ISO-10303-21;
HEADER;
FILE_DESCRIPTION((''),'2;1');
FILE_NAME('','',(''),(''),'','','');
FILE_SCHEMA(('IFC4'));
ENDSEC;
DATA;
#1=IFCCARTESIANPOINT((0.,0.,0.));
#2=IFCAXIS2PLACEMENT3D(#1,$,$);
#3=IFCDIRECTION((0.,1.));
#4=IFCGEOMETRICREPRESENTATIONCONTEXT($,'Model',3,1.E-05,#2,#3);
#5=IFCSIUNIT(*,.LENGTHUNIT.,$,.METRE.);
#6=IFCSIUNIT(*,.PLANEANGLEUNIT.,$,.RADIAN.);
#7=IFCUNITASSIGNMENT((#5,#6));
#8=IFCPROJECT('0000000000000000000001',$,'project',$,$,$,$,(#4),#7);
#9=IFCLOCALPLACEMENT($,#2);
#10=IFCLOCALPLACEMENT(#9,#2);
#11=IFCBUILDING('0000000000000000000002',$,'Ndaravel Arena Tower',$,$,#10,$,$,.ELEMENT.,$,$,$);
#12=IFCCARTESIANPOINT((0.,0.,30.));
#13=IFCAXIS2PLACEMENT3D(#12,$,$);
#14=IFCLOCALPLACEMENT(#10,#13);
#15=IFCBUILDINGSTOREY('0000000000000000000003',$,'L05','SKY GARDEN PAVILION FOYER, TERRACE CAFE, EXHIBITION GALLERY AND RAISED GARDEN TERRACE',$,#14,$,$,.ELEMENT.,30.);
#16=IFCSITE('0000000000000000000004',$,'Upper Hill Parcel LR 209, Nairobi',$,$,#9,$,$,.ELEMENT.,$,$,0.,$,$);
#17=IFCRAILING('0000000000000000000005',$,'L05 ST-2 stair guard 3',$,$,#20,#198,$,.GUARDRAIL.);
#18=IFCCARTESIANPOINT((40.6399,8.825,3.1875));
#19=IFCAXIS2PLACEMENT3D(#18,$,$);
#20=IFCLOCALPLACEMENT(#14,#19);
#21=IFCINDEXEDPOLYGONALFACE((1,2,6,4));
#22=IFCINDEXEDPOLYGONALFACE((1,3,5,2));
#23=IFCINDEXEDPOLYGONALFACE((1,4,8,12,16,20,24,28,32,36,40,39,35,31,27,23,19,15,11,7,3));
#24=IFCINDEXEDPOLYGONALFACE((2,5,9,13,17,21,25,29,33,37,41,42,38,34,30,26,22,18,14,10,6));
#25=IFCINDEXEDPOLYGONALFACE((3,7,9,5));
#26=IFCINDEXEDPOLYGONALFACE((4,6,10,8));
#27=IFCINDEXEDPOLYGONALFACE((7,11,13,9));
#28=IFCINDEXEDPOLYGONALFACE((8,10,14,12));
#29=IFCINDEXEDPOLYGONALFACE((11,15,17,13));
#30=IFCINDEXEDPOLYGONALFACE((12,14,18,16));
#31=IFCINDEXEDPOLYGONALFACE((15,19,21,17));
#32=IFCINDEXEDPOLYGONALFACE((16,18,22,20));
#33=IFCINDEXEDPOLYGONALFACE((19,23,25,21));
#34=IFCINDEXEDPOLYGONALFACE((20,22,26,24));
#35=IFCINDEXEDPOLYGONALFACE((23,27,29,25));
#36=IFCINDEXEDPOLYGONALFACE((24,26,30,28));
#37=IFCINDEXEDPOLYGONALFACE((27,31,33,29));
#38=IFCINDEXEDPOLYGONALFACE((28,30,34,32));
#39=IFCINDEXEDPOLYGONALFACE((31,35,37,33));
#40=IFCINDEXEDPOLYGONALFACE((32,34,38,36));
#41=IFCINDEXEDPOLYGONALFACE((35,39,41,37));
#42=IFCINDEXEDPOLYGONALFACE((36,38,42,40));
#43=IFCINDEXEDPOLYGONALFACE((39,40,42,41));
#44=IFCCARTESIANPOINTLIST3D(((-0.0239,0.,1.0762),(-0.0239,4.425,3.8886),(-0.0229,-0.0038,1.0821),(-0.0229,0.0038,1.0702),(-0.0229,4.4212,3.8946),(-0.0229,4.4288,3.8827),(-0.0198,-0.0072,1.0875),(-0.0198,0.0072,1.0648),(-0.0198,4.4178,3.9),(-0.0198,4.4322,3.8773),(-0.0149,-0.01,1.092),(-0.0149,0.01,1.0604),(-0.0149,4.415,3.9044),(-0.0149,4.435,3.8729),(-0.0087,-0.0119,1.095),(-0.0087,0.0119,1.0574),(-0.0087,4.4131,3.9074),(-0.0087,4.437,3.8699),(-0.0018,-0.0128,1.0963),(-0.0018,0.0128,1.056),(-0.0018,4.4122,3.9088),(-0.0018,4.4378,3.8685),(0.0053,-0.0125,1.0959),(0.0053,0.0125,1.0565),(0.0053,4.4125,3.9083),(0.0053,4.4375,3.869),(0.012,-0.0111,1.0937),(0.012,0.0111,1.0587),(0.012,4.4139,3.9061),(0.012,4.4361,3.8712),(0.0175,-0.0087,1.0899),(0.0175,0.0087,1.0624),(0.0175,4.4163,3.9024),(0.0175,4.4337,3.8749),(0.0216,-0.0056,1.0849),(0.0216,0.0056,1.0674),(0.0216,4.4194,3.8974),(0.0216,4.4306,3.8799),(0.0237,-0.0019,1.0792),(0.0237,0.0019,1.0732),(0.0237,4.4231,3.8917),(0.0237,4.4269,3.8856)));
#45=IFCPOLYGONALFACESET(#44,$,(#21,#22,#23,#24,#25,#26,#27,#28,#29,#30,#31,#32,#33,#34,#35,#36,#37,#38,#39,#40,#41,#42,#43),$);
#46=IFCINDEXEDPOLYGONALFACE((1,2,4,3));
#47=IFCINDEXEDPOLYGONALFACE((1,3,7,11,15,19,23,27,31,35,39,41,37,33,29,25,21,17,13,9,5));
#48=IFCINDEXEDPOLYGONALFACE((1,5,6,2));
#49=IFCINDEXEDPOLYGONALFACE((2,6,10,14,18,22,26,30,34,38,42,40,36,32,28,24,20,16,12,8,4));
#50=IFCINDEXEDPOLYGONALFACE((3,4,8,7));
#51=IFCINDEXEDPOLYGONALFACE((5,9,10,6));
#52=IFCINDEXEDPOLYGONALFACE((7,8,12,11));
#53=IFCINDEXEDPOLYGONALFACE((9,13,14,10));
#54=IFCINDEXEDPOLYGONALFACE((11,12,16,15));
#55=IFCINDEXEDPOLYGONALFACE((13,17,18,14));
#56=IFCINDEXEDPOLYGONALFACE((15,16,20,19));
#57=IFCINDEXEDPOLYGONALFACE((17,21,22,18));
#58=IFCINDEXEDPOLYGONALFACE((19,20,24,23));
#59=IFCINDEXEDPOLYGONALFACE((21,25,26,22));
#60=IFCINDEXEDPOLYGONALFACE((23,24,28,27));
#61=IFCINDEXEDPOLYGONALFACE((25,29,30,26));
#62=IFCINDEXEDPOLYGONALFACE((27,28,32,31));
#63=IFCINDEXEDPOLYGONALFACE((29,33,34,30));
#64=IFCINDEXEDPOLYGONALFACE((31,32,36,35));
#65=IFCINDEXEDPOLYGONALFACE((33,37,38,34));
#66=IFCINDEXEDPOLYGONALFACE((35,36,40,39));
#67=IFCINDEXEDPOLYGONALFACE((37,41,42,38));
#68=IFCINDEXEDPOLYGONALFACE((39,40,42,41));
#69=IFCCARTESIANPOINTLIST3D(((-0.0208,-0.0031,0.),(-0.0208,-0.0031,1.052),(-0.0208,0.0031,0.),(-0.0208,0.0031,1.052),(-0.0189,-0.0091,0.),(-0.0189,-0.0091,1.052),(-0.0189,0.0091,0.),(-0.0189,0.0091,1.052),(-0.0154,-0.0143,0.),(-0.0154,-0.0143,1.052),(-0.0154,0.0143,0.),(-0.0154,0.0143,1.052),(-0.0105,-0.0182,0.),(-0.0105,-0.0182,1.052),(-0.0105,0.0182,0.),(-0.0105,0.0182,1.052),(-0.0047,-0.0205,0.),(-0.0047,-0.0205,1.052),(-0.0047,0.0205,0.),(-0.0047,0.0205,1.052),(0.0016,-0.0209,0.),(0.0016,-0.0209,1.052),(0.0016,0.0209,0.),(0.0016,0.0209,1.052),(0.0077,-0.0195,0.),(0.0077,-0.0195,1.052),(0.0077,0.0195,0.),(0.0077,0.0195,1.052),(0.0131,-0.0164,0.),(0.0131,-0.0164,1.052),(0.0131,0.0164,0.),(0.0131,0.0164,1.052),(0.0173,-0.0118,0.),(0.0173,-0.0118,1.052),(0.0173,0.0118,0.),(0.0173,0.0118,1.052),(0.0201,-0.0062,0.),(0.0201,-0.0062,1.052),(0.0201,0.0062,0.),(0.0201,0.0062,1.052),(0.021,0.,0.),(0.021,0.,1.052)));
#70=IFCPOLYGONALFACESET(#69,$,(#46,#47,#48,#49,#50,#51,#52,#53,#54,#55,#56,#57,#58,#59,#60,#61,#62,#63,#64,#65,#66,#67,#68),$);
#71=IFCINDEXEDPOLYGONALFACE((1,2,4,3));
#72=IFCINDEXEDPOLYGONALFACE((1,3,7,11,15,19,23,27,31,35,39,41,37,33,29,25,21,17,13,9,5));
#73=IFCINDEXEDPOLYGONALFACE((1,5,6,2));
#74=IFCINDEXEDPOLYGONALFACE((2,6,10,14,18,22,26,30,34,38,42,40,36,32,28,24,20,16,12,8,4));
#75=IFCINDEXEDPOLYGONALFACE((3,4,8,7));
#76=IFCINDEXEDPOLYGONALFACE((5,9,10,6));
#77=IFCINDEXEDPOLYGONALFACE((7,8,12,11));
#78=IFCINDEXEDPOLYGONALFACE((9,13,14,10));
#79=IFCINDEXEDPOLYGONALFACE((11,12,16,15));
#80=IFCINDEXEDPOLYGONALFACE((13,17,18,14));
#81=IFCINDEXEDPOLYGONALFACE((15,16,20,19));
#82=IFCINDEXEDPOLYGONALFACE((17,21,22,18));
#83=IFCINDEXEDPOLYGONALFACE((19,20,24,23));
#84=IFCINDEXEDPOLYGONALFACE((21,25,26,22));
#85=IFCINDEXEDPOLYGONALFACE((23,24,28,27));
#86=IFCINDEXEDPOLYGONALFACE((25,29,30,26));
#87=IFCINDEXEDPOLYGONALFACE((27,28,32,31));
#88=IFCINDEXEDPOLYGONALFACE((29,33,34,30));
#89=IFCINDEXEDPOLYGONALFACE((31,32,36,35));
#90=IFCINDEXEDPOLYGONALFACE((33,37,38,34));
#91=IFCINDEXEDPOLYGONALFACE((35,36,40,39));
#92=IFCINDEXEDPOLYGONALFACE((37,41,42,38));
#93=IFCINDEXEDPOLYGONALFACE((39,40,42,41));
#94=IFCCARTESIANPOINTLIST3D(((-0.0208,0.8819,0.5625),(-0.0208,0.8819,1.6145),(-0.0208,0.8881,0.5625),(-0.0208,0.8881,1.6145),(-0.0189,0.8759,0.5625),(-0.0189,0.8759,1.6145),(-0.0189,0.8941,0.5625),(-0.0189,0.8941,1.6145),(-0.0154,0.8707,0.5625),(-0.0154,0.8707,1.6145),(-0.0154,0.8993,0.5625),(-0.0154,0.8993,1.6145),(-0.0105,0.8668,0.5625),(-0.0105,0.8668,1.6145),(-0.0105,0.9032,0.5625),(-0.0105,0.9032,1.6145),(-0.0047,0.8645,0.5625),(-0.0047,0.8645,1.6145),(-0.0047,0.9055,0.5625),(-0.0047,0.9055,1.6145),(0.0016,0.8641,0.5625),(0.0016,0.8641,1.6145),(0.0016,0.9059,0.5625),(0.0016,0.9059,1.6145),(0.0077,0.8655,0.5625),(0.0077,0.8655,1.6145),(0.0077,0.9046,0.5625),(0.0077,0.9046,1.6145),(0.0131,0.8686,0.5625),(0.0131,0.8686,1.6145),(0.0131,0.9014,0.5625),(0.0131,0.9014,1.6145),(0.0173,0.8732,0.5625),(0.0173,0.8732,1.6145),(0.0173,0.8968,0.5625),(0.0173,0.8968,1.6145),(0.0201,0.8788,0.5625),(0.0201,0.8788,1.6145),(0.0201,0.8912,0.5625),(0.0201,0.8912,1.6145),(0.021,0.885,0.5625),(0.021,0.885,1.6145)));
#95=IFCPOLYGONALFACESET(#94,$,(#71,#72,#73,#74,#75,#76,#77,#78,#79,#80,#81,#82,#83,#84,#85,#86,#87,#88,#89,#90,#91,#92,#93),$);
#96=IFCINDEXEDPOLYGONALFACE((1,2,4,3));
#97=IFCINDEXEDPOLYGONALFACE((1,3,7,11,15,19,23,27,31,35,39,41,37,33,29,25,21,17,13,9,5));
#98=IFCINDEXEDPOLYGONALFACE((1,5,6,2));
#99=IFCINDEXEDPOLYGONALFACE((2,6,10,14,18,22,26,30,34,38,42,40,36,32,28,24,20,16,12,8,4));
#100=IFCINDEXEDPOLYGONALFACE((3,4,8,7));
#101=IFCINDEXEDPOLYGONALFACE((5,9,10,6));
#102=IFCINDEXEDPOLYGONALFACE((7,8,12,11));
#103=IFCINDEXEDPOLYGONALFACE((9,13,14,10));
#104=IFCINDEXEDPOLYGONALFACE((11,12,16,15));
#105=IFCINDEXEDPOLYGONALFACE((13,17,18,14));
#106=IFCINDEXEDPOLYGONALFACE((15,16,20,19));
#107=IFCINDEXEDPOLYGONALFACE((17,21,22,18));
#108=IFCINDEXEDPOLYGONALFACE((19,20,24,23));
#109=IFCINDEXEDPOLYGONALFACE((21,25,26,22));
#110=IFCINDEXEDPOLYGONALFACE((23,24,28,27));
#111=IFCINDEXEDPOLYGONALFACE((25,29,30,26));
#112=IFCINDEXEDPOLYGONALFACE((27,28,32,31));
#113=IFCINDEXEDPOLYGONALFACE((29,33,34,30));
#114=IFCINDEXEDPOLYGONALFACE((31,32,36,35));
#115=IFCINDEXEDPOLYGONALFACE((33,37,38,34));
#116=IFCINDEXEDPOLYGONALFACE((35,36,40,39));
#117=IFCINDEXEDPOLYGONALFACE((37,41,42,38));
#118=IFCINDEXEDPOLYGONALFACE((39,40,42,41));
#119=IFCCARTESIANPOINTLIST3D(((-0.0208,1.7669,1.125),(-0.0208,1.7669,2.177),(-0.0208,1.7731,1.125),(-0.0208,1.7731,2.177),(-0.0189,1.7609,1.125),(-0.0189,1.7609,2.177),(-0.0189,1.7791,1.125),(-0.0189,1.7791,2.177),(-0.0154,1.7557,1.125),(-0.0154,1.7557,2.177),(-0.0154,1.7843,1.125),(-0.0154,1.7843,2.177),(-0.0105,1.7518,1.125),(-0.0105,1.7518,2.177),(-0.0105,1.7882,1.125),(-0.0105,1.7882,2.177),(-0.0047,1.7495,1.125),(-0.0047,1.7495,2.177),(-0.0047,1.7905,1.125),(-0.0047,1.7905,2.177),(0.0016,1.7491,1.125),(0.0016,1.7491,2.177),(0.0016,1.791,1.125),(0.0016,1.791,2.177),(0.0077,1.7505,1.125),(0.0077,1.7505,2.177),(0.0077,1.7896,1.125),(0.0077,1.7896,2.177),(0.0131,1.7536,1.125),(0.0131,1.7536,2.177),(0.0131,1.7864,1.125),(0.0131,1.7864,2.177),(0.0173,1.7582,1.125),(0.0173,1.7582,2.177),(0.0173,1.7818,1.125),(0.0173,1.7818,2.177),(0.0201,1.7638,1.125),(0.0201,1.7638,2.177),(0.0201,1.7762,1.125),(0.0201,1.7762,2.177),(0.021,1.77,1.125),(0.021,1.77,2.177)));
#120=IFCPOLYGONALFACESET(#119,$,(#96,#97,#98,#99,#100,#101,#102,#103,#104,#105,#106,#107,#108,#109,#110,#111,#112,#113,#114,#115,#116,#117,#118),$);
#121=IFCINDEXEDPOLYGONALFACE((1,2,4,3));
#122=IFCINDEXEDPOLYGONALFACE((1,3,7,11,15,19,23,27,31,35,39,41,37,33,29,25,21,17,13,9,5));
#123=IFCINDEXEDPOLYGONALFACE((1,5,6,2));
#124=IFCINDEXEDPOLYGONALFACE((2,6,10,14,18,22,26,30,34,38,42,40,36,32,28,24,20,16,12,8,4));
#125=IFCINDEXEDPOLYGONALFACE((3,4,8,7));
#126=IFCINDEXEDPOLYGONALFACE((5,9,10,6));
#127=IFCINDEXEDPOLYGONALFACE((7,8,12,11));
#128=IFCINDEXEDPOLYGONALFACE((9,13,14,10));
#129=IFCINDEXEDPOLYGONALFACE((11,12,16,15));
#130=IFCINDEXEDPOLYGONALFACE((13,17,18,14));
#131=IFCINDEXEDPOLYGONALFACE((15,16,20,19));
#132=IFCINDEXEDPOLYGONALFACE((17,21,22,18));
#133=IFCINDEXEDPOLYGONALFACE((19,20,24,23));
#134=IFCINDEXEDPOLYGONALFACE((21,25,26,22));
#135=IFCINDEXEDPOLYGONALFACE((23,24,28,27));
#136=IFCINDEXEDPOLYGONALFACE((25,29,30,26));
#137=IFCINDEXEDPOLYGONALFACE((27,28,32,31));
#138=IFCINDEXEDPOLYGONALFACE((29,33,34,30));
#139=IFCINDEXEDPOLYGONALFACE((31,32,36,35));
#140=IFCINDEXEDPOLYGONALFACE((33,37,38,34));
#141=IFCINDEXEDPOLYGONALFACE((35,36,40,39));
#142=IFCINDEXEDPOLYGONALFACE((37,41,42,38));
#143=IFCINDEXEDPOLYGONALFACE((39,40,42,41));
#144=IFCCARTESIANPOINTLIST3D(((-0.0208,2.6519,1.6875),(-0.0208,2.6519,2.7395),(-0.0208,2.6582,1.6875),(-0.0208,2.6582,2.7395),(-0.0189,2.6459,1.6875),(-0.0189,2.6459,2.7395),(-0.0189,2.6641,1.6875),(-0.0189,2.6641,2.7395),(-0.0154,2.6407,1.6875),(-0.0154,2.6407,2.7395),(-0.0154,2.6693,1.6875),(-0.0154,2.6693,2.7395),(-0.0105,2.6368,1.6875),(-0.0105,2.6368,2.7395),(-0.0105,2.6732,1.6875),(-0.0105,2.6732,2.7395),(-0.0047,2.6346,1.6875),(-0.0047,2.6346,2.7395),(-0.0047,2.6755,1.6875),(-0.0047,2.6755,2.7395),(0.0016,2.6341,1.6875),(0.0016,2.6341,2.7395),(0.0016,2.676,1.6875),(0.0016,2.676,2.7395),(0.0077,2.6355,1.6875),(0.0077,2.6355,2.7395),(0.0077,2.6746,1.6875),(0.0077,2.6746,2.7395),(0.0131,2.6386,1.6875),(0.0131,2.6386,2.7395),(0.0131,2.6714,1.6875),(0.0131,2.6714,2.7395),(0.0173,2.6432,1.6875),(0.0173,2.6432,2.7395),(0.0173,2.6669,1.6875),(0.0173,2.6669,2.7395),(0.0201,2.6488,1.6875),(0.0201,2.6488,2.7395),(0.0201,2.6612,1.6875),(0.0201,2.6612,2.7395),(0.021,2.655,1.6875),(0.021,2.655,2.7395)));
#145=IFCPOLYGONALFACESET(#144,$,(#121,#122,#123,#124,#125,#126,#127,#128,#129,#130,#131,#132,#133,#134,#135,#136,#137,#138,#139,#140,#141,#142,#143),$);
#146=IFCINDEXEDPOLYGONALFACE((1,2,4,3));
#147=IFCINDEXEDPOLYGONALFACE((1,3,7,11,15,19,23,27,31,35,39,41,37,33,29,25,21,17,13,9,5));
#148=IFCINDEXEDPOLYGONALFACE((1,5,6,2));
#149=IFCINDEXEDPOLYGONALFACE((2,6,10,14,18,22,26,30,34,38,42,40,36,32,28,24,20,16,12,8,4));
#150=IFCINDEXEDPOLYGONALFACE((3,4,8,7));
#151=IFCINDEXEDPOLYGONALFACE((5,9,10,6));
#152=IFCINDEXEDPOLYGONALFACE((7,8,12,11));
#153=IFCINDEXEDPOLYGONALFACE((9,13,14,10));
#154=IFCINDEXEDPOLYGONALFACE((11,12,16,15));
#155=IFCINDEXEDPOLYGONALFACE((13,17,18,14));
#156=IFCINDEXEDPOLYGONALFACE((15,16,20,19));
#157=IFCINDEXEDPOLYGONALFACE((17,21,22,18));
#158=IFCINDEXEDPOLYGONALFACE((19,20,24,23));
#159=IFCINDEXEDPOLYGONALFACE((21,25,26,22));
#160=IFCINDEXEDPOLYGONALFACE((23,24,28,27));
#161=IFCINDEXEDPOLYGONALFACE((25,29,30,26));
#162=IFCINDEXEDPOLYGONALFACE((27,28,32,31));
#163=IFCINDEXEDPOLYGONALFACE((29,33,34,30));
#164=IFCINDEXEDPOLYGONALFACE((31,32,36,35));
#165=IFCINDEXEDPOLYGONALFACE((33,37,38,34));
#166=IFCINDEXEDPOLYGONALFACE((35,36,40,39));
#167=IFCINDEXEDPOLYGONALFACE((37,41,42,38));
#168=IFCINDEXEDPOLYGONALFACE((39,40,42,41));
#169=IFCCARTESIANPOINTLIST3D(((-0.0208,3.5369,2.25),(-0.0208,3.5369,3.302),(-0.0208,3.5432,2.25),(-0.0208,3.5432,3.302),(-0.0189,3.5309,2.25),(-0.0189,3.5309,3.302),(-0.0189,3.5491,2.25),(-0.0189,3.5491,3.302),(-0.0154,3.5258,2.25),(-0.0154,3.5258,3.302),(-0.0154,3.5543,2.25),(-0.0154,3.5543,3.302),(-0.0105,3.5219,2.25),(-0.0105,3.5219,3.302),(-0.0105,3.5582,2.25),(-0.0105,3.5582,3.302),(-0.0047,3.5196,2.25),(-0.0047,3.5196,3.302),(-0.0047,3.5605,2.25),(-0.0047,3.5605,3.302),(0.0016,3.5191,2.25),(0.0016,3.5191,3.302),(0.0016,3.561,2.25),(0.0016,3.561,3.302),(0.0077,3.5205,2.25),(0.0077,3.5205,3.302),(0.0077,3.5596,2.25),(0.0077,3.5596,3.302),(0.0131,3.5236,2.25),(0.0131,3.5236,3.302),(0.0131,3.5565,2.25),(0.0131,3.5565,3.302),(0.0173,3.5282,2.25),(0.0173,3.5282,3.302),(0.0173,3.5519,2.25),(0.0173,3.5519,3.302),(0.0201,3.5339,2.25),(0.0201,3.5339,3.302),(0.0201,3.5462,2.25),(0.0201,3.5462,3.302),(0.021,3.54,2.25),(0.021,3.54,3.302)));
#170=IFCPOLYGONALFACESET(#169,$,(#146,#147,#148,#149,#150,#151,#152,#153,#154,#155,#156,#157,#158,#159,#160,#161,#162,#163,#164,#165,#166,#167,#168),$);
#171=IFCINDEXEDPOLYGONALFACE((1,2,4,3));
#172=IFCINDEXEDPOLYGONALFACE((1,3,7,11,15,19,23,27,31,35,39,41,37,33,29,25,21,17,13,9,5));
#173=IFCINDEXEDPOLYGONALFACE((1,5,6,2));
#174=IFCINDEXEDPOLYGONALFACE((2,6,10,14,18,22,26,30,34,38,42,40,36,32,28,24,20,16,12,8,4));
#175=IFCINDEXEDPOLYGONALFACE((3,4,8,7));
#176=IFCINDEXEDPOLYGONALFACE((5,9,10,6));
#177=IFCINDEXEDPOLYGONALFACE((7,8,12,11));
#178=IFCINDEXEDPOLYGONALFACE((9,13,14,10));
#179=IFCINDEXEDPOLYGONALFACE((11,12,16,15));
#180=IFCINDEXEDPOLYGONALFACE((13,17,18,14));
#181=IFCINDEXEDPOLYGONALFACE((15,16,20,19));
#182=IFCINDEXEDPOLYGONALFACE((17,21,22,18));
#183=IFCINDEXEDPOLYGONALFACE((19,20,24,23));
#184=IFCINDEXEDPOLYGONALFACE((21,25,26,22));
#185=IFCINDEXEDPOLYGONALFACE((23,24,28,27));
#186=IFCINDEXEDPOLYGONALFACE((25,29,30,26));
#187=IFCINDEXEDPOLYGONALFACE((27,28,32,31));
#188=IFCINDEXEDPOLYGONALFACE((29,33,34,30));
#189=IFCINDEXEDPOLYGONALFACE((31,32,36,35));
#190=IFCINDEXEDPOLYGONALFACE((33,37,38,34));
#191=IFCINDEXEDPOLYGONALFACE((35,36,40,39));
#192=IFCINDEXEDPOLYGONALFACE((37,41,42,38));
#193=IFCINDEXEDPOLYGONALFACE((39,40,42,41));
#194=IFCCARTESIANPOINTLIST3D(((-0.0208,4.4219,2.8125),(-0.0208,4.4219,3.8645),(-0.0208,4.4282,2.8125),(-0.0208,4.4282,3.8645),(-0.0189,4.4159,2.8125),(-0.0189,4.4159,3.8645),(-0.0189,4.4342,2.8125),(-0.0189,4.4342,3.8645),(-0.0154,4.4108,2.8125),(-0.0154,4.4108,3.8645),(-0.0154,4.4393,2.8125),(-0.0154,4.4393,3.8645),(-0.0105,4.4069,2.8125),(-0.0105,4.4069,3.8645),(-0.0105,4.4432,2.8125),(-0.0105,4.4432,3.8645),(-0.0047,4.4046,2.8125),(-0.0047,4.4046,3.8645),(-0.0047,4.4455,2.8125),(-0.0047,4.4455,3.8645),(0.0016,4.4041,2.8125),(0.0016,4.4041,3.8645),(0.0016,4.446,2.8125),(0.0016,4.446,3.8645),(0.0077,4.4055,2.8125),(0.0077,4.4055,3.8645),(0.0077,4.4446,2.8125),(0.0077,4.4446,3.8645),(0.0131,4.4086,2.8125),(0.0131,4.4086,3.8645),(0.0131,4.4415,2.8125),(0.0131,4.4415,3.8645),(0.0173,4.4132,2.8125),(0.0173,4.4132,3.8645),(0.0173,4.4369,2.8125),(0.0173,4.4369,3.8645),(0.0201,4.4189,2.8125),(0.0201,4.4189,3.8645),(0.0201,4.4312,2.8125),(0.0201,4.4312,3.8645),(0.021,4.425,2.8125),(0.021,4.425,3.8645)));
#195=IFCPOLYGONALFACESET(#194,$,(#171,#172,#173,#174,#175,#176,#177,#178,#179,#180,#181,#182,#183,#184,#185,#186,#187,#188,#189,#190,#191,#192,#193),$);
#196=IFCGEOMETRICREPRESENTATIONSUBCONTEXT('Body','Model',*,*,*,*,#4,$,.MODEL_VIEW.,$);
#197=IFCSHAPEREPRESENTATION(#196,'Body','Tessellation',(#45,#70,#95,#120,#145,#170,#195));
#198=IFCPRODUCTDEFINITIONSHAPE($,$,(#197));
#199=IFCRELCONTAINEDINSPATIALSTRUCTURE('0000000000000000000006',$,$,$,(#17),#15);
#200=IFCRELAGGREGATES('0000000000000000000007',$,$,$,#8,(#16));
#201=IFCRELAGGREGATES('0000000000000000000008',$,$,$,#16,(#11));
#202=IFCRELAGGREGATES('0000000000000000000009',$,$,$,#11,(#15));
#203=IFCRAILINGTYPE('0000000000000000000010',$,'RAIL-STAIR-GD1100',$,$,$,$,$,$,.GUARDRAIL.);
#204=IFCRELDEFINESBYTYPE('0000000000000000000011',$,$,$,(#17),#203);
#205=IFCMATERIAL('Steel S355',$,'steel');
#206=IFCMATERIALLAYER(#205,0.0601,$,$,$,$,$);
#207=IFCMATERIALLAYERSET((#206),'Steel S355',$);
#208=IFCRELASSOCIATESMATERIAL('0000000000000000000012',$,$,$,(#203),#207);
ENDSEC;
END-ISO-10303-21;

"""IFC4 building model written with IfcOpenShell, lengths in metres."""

from ifc_helpers import new_model, si_unit, direction, frame, origin, origin_2d, place, context, subcontext, project, spatial, circle, extrude, material, layer, layer_set, type_object, element, save


model = new_model("IFC4")

# Units and contexts
model_context = context("Model", 3, precision=1e-05, world=origin(), true_north=direction((0.0, 1.0)))
body_context = subcontext(model_context, "Body", "Model", "MODEL_VIEW")
ifc_project = project(units=[si_unit("LENGTHUNIT", "METRE"), si_unit("PLANEANGLEUNIT", "RADIAN")], contexts=[model_context])

# Site, building, storey
site_placement = place(None, origin())
site = spatial("IfcSite", under=ifc_project, at=site_placement, Name="Upper Hill Parcel LR 209, Nairobi", CompositionType="ELEMENT", RefElevation=0.0)
building_placement = place(site_placement, origin())
building = spatial("IfcBuilding", under=site, at=building_placement, Name="Ndaravel Arena Tower", CompositionType="ELEMENT")
storey_placement = place(building_placement, frame((0.0, 0.0, 30.0)))
storey = spatial("IfcBuildingStorey", under=building, at=storey_placement, Name="L05", Description="SKY GARDEN PAVILION FOYER, TERRACE CAFE, EXHIBITION GALLERY AND RAISED GARDEN TERRACE", CompositionType="ELEMENT", Elevation=30.0)

# Railing
ifc_material_1 = material(Name="Steel S355", Category="steel")
ifc_layer_1 = layer(ifc_material_1, 0.0601)
ifc_layer_set_1 = layer_set([ifc_layer_1], Name="Steel S355")
railing_type_1 = type_object("IfcRailingType", Name="RAIL-STAIR-GD1100", PredefinedType="GUARDRAIL", material=ifc_layer_set_1)
railing_1_placement = place(storey_placement, frame((40.6399, 8.825, 3.1875)))
element("IfcRailing", 1, at=railing_1_placement, inside=storey, type_object=railing_type_1, Name="L05 ST-2 stair guard 3", PredefinedType="GUARDRAIL", context=body_context, shape_type="SweptSolid", body=[
    extrude(circle(Radius=0.0239, at=origin_2d()), frame((0.0, 0.0, 1.0762), z_axis=(0.0, 0.843959, 0.536408), x_axis=(-1.0, 0.0, 0.0)), (0.0, 0.0, 1.0), 5.2432),
    extrude(circle(Radius=0.021, at=origin_2d()), origin(), (0.0, 0.0, 1.0), 1.052),
    extrude(circle(Radius=0.021, at=origin_2d()), frame((0.0, 0.885, 0.5625)), (0.0, 0.0, 1.0), 1.052),
    extrude(circle(Radius=0.021, at=origin_2d()), frame((0.0, 1.77, 1.125)), (0.0, 0.0, 1.0), 1.052),
    extrude(circle(Radius=0.021, at=origin_2d()), frame((0.0, 2.655, 1.6875)), (0.0, 0.0, 1.0), 1.052),
    extrude(circle(Radius=0.021, at=origin_2d()), frame((0.0, 3.54, 2.25)), (0.0, 0.0, 1.0), 1.052),
    extrude(circle(Radius=0.021, at=origin_2d()), frame((0.0, 4.425, 2.8125)), (0.0, 0.0, 1.0), 1.052),
])

save(model, "model.ifc")
